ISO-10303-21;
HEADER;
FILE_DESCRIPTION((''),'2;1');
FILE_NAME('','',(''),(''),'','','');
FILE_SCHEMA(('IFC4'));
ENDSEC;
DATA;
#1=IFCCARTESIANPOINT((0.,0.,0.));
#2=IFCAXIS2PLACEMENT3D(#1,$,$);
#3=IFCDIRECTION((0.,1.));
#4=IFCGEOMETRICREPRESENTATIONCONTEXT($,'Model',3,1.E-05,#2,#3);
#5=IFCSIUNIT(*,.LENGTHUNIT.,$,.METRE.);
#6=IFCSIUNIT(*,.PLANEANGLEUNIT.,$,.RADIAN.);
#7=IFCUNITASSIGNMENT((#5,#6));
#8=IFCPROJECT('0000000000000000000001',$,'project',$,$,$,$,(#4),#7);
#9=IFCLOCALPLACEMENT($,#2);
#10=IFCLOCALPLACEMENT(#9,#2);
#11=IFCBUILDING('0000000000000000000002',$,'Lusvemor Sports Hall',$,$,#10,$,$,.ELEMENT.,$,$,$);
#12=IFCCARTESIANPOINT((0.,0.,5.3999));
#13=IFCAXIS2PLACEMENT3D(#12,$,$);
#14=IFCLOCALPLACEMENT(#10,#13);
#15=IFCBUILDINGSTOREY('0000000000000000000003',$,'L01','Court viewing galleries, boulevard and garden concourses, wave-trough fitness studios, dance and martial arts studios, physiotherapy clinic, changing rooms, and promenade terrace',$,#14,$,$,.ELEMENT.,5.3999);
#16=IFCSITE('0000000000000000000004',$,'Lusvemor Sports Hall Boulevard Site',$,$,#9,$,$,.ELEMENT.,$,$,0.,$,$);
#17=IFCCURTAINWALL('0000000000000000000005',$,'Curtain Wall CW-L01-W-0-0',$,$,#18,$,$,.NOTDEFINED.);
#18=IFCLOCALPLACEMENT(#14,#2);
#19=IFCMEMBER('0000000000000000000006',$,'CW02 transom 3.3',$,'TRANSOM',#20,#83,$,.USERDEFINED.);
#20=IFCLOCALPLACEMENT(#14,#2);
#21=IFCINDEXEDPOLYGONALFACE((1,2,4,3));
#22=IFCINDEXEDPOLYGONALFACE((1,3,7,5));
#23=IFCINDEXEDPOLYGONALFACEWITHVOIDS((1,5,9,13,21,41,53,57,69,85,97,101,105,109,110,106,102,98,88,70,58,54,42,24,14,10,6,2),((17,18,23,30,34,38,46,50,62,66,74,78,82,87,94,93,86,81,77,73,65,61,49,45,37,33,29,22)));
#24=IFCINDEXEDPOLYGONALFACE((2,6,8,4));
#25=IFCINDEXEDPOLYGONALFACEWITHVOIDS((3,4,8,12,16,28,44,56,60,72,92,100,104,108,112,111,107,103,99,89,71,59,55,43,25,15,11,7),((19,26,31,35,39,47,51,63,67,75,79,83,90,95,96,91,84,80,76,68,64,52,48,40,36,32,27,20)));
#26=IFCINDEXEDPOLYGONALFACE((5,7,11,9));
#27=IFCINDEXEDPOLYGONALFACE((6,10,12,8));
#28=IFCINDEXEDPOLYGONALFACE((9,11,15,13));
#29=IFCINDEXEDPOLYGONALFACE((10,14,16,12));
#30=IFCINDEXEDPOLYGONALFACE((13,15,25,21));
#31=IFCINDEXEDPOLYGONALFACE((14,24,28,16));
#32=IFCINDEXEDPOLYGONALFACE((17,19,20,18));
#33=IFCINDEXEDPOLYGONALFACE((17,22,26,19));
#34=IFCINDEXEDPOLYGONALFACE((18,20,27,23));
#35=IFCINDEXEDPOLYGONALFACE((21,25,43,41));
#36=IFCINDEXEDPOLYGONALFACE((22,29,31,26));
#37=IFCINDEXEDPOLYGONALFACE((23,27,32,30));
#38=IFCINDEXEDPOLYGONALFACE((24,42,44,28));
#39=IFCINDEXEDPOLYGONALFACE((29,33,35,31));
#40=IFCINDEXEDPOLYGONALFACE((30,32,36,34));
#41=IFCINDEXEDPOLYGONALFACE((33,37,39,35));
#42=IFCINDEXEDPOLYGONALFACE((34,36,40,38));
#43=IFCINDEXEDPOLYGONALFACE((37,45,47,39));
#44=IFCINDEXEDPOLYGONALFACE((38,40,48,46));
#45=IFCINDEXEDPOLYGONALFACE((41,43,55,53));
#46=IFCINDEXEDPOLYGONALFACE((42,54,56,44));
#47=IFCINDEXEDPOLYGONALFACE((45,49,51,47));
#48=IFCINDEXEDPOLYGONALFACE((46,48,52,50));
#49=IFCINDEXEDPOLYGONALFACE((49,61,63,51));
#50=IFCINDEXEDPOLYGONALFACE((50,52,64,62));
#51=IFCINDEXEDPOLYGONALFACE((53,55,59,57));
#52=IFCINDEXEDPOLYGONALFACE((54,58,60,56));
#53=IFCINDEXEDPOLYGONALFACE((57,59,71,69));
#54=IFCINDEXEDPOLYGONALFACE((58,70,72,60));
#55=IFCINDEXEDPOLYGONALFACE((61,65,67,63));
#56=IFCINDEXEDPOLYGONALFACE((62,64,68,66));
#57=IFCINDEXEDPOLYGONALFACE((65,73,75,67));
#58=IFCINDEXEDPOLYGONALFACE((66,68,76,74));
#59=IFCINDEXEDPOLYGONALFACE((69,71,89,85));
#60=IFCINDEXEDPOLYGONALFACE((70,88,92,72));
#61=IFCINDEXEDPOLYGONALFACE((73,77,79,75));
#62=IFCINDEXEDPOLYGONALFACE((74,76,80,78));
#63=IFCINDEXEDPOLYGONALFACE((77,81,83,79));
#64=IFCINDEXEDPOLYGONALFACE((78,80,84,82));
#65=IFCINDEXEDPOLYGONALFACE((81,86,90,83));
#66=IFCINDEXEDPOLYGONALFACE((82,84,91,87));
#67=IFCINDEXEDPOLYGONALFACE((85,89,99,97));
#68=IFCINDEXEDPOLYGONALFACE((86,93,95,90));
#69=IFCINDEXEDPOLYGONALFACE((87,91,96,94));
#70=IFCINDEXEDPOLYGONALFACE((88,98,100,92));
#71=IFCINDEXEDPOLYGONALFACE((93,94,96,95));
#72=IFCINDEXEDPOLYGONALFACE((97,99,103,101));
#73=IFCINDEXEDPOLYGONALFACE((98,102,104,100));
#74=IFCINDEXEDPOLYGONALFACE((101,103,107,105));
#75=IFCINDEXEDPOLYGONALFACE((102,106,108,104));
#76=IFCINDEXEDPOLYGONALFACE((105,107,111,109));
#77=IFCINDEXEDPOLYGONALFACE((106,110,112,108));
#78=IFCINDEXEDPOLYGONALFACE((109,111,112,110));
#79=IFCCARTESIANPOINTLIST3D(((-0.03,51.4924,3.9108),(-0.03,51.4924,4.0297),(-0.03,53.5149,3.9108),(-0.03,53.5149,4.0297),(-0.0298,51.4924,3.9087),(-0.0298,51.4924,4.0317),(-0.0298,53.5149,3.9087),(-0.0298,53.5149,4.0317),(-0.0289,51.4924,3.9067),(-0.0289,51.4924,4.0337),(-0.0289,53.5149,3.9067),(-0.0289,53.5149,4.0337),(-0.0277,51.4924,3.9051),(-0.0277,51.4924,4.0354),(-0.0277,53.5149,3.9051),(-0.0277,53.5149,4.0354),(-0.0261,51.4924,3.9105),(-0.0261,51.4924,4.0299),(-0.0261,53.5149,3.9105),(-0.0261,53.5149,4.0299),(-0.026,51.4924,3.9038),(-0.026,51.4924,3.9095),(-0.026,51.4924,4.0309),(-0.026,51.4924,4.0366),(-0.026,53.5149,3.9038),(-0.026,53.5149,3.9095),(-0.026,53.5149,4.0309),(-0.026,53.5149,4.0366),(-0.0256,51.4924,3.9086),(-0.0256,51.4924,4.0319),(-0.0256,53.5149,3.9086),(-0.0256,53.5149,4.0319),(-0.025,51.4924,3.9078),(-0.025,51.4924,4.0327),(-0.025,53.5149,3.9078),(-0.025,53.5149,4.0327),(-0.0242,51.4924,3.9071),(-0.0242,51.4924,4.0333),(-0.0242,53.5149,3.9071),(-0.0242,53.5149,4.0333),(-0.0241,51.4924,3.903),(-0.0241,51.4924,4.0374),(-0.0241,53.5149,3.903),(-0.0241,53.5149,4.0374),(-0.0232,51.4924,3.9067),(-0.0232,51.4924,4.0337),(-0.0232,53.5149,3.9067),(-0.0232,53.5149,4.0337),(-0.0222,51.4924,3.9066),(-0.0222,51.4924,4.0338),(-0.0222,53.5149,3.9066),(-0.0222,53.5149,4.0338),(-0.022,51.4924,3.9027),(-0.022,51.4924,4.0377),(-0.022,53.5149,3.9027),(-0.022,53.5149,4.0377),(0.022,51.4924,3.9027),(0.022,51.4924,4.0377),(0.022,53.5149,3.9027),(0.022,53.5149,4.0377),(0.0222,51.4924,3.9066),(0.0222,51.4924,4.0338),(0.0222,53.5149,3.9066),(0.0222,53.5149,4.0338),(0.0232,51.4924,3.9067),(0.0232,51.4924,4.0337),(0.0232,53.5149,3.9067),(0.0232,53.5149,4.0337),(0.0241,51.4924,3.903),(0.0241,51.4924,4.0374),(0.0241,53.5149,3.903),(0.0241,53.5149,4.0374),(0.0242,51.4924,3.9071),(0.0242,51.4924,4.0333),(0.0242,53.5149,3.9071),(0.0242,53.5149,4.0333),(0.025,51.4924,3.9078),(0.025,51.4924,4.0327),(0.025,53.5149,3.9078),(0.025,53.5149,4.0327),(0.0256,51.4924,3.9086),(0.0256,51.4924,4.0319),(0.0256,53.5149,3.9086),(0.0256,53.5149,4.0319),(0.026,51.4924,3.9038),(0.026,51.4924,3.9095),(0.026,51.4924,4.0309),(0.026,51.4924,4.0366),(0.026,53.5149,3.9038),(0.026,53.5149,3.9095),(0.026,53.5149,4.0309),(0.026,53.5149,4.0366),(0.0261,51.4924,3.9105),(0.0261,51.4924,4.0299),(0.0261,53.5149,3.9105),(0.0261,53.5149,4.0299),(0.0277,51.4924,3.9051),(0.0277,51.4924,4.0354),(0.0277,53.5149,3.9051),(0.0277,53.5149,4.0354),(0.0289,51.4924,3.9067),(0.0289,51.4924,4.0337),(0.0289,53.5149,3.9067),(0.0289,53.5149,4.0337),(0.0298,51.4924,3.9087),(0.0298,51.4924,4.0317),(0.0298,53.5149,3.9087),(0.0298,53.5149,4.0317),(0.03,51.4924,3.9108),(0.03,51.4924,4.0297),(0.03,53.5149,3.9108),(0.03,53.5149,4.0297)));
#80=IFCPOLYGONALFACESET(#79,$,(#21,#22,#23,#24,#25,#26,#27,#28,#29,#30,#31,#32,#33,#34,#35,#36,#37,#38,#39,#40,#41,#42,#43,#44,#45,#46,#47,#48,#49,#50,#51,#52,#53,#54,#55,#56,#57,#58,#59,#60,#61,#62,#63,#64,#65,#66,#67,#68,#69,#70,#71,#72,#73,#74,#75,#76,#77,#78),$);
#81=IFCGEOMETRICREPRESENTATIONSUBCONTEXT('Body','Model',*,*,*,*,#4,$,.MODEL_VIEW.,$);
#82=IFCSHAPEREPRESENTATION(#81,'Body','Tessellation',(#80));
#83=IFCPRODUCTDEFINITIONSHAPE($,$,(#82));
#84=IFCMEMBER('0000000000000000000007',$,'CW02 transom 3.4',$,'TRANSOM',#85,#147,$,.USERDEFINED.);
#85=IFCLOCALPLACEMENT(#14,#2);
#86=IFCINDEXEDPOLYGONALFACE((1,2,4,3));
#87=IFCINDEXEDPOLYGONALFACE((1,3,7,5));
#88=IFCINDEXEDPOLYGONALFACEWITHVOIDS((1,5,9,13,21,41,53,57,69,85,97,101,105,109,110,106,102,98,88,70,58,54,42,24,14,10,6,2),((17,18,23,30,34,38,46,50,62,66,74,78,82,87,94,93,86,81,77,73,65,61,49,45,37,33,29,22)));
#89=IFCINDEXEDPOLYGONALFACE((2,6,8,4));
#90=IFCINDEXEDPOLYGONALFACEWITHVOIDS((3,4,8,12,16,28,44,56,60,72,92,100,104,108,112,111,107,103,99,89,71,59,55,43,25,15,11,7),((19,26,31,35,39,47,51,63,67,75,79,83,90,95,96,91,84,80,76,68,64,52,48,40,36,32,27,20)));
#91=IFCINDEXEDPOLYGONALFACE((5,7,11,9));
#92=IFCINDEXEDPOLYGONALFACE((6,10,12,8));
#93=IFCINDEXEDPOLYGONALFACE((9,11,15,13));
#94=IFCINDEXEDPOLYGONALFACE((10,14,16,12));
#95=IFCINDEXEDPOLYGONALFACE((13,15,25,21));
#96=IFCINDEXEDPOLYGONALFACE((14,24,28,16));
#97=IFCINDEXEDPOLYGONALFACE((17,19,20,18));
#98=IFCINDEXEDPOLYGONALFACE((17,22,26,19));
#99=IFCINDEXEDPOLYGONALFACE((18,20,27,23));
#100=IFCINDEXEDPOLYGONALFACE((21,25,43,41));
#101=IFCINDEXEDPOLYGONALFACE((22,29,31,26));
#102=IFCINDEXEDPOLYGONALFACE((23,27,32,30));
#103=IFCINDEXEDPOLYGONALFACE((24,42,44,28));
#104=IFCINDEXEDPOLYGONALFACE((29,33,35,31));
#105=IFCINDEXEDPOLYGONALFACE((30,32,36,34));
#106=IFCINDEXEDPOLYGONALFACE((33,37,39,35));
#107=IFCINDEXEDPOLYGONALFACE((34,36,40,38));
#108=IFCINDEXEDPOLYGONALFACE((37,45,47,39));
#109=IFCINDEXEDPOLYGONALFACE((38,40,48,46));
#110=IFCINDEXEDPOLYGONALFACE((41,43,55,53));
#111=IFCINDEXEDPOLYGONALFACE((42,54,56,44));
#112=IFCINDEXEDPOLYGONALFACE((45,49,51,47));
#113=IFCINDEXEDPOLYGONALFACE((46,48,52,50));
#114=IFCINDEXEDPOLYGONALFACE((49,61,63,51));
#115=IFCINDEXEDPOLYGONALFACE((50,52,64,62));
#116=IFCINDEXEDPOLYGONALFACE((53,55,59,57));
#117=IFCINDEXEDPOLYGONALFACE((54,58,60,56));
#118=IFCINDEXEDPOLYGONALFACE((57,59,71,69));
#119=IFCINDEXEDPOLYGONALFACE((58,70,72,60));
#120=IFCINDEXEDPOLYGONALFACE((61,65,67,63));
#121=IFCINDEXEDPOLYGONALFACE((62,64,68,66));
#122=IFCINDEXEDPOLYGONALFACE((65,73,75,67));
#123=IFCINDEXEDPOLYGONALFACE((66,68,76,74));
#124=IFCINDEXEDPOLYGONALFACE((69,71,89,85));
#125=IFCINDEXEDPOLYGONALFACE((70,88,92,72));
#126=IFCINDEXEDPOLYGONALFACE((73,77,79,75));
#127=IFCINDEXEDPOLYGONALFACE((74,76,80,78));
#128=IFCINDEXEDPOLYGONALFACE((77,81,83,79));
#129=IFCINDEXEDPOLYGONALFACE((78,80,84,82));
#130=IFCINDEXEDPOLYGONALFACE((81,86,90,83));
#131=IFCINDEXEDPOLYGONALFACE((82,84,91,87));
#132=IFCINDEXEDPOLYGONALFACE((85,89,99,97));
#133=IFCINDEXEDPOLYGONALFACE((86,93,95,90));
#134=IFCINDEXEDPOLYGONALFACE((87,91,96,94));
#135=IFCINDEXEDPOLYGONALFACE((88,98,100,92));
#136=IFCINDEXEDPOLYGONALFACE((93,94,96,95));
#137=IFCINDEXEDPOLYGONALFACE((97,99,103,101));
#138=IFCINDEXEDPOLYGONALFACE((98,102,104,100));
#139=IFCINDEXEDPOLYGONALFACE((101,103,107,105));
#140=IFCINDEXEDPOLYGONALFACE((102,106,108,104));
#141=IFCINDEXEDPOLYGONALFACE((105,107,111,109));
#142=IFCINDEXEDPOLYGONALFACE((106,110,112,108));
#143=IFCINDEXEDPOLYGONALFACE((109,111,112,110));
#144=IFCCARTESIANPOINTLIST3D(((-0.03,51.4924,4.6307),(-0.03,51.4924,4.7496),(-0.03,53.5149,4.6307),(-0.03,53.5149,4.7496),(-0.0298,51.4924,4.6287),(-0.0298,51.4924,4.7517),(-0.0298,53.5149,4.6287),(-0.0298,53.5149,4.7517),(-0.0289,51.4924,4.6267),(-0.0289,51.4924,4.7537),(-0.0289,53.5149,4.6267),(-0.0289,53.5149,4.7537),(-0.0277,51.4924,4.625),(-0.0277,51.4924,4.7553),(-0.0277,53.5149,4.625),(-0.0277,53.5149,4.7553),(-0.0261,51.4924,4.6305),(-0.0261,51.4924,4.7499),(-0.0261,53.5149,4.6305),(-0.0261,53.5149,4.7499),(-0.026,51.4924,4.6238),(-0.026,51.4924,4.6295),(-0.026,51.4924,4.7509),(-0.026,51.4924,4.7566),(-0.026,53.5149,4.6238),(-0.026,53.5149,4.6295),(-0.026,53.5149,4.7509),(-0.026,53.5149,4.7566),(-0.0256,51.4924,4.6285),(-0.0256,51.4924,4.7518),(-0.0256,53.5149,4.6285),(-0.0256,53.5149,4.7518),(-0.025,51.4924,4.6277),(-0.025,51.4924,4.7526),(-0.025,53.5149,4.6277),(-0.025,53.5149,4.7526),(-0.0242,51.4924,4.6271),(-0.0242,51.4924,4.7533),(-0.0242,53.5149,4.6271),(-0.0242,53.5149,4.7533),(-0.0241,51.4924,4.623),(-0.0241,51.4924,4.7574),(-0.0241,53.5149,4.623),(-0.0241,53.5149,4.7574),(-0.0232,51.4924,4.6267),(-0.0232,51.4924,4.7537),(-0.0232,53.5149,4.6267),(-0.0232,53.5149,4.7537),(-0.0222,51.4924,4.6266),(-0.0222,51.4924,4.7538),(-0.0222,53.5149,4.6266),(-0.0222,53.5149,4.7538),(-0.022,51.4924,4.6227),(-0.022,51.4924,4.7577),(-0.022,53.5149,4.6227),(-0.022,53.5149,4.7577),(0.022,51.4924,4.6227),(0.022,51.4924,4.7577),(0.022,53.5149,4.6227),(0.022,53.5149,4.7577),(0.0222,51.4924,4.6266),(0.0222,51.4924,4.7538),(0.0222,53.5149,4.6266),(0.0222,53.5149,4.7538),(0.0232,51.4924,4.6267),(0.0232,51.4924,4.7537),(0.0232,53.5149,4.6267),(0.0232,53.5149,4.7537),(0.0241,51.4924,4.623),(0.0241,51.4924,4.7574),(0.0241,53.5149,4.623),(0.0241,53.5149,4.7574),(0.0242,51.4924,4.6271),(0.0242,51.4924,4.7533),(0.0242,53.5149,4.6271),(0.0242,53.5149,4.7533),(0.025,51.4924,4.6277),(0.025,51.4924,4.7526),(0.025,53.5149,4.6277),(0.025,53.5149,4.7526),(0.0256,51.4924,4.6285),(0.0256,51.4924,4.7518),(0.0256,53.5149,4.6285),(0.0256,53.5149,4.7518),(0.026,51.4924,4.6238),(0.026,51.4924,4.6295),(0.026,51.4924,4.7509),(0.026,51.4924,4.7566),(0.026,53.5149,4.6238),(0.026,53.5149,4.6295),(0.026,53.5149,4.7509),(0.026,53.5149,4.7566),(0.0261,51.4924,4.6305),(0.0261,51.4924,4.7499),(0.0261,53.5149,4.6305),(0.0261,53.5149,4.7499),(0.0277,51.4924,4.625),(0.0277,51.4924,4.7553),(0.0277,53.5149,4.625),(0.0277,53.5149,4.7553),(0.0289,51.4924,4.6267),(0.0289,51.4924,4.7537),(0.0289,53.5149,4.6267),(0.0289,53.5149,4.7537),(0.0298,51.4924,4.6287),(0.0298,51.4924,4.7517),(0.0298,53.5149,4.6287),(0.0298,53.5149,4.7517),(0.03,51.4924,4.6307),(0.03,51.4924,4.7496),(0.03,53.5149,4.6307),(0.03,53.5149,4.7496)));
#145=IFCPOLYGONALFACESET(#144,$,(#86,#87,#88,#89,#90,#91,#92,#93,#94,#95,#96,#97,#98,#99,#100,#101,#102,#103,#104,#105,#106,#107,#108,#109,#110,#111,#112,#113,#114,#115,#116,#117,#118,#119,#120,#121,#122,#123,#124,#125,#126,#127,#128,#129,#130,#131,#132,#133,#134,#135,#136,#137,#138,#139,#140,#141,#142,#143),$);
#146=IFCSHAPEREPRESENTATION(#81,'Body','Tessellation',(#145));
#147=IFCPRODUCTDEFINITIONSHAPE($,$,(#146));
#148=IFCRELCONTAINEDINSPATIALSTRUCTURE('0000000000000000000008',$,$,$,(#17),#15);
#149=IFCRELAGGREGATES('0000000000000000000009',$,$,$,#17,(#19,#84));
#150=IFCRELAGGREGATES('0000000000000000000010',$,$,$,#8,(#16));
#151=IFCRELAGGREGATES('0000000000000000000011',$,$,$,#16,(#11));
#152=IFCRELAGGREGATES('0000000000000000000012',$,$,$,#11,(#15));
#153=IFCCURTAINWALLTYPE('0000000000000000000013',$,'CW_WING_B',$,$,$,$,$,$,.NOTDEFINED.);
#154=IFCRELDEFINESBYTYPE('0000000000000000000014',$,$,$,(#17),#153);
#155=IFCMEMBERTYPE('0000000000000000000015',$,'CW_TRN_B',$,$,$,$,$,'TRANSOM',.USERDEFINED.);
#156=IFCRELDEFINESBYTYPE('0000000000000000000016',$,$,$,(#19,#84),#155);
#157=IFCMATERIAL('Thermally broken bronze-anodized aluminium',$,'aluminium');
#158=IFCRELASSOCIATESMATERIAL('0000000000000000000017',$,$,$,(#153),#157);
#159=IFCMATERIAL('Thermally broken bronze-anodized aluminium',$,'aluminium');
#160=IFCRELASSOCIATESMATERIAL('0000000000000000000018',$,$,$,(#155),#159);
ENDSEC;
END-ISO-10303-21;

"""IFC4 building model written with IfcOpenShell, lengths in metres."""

from ifc_helpers import new_model, si_unit, direction, frame, origin, origin_2d, place, context, subcontext, project, spatial, hollow_rectangle, extrude, material, material_profile, profile_set, type_object, element, aggregate, save


model = new_model("IFC4")

# Units and contexts
model_context = context("Model", 3, precision=1e-05, world=origin(), true_north=direction((0.0, 1.0)))
body_context = subcontext(model_context, "Body", "Model", "MODEL_VIEW")
ifc_project = project(units=[si_unit("LENGTHUNIT", "METRE"), si_unit("PLANEANGLEUNIT", "RADIAN")], contexts=[model_context])

# Site, building, storey
site_placement = place(None, origin())
site = spatial("IfcSite", under=ifc_project, at=site_placement, Name="Lusvemor Sports Hall Boulevard Site", CompositionType="ELEMENT", RefElevation=0.0)
building_placement = place(site_placement, origin())
building = spatial("IfcBuilding", under=site, at=building_placement, Name="Lusvemor Sports Hall", CompositionType="ELEMENT")
storey_placement = place(building_placement, frame((0.0, 0.0, 5.3999)))
storey = spatial("IfcBuildingStorey", under=building, at=storey_placement, Name="L01", Description="Court viewing galleries, boulevard and garden concourses, wave-trough fitness studios, dance and martial arts studios, physiotherapy clinic, changing rooms, and promenade terrace", CompositionType="ELEMENT", Elevation=5.3999)

# Curtain wall
ifc_material_1 = material(Name="Thermally broken bronze-anodized aluminium", Category="aluminium")
curtain_wall_type = type_object("IfcCurtainWallType", Name="CW_WING_B", PredefinedType="NOTDEFINED", material=ifc_material_1)
curtain_wall_1_placement = place(storey_placement, origin())
curtain_wall_1 = element("IfcCurtainWall", 1, at=curtain_wall_1_placement, inside=storey, type_object=curtain_wall_type, Name="Curtain Wall CW-L01-W-0-0", PredefinedType="NOTDEFINED")

# Members
ifc_material_2 = material(Name="Thermally broken bronze-anodized aluminium", Category="aluminium")
ifc_material_profile_1 = material_profile(ifc_material_2, hollow_rectangle(XDim=0.0601, YDim=0.135, WallThickness=0.0039, InnerFilletRadius=0.0039, OuterFilletRadius=0.0081, at=origin_2d()), Name="CWTRN135x60x4")
ifc_profile_set_1 = profile_set([ifc_material_profile_1], Name="Thermally broken bronze-anodized aluminium")
member_type_1 = type_object("IfcMemberType", Name="CW_TRN_B", ElementType="TRANSOM", PredefinedType="USERDEFINED", material=ifc_profile_set_1)
member_1_placement = place(storey_placement, frame((0.0, 51.4924, 3.9702), z_axis=(0.0, 1.0, 0.0), x_axis=(-1.0, 0.0, 0.0)))
member_1 = element("IfcMember", 2, at=member_1_placement, type_object=member_type_1, Name="CW02 transom 3.3", ObjectType="TRANSOM", PredefinedType="USERDEFINED", context=body_context, shape_type="SweptSolid", body=[
    extrude(hollow_rectangle(XDim=0.0601, YDim=0.135, WallThickness=0.0039, InnerFilletRadius=0.0039, OuterFilletRadius=0.0081, at=origin_2d()), origin(), (0.0, 0.0, 1.0), 2.0225),
])
member_2_placement = place(storey_placement, frame((0.0, 51.4924, 4.6902), z_axis=(0.0, 1.0, 0.0), x_axis=(-1.0, 0.0, 0.0)))
member_2 = element("IfcMember", 3, at=member_2_placement, type_object=member_type_1, Name="CW02 transom 3.4", ObjectType="TRANSOM", PredefinedType="USERDEFINED", context=body_context, shape_type="SweptSolid", body=[
    extrude(hollow_rectangle(XDim=0.0601, YDim=0.135, WallThickness=0.0039, InnerFilletRadius=0.0039, OuterFilletRadius=0.0081, at=origin_2d()), origin(), (0.0, 0.0, 1.0), 2.0225),
])

aggregate(curtain_wall_1, [member_1, member_2])

save(model, "model.ifc")
